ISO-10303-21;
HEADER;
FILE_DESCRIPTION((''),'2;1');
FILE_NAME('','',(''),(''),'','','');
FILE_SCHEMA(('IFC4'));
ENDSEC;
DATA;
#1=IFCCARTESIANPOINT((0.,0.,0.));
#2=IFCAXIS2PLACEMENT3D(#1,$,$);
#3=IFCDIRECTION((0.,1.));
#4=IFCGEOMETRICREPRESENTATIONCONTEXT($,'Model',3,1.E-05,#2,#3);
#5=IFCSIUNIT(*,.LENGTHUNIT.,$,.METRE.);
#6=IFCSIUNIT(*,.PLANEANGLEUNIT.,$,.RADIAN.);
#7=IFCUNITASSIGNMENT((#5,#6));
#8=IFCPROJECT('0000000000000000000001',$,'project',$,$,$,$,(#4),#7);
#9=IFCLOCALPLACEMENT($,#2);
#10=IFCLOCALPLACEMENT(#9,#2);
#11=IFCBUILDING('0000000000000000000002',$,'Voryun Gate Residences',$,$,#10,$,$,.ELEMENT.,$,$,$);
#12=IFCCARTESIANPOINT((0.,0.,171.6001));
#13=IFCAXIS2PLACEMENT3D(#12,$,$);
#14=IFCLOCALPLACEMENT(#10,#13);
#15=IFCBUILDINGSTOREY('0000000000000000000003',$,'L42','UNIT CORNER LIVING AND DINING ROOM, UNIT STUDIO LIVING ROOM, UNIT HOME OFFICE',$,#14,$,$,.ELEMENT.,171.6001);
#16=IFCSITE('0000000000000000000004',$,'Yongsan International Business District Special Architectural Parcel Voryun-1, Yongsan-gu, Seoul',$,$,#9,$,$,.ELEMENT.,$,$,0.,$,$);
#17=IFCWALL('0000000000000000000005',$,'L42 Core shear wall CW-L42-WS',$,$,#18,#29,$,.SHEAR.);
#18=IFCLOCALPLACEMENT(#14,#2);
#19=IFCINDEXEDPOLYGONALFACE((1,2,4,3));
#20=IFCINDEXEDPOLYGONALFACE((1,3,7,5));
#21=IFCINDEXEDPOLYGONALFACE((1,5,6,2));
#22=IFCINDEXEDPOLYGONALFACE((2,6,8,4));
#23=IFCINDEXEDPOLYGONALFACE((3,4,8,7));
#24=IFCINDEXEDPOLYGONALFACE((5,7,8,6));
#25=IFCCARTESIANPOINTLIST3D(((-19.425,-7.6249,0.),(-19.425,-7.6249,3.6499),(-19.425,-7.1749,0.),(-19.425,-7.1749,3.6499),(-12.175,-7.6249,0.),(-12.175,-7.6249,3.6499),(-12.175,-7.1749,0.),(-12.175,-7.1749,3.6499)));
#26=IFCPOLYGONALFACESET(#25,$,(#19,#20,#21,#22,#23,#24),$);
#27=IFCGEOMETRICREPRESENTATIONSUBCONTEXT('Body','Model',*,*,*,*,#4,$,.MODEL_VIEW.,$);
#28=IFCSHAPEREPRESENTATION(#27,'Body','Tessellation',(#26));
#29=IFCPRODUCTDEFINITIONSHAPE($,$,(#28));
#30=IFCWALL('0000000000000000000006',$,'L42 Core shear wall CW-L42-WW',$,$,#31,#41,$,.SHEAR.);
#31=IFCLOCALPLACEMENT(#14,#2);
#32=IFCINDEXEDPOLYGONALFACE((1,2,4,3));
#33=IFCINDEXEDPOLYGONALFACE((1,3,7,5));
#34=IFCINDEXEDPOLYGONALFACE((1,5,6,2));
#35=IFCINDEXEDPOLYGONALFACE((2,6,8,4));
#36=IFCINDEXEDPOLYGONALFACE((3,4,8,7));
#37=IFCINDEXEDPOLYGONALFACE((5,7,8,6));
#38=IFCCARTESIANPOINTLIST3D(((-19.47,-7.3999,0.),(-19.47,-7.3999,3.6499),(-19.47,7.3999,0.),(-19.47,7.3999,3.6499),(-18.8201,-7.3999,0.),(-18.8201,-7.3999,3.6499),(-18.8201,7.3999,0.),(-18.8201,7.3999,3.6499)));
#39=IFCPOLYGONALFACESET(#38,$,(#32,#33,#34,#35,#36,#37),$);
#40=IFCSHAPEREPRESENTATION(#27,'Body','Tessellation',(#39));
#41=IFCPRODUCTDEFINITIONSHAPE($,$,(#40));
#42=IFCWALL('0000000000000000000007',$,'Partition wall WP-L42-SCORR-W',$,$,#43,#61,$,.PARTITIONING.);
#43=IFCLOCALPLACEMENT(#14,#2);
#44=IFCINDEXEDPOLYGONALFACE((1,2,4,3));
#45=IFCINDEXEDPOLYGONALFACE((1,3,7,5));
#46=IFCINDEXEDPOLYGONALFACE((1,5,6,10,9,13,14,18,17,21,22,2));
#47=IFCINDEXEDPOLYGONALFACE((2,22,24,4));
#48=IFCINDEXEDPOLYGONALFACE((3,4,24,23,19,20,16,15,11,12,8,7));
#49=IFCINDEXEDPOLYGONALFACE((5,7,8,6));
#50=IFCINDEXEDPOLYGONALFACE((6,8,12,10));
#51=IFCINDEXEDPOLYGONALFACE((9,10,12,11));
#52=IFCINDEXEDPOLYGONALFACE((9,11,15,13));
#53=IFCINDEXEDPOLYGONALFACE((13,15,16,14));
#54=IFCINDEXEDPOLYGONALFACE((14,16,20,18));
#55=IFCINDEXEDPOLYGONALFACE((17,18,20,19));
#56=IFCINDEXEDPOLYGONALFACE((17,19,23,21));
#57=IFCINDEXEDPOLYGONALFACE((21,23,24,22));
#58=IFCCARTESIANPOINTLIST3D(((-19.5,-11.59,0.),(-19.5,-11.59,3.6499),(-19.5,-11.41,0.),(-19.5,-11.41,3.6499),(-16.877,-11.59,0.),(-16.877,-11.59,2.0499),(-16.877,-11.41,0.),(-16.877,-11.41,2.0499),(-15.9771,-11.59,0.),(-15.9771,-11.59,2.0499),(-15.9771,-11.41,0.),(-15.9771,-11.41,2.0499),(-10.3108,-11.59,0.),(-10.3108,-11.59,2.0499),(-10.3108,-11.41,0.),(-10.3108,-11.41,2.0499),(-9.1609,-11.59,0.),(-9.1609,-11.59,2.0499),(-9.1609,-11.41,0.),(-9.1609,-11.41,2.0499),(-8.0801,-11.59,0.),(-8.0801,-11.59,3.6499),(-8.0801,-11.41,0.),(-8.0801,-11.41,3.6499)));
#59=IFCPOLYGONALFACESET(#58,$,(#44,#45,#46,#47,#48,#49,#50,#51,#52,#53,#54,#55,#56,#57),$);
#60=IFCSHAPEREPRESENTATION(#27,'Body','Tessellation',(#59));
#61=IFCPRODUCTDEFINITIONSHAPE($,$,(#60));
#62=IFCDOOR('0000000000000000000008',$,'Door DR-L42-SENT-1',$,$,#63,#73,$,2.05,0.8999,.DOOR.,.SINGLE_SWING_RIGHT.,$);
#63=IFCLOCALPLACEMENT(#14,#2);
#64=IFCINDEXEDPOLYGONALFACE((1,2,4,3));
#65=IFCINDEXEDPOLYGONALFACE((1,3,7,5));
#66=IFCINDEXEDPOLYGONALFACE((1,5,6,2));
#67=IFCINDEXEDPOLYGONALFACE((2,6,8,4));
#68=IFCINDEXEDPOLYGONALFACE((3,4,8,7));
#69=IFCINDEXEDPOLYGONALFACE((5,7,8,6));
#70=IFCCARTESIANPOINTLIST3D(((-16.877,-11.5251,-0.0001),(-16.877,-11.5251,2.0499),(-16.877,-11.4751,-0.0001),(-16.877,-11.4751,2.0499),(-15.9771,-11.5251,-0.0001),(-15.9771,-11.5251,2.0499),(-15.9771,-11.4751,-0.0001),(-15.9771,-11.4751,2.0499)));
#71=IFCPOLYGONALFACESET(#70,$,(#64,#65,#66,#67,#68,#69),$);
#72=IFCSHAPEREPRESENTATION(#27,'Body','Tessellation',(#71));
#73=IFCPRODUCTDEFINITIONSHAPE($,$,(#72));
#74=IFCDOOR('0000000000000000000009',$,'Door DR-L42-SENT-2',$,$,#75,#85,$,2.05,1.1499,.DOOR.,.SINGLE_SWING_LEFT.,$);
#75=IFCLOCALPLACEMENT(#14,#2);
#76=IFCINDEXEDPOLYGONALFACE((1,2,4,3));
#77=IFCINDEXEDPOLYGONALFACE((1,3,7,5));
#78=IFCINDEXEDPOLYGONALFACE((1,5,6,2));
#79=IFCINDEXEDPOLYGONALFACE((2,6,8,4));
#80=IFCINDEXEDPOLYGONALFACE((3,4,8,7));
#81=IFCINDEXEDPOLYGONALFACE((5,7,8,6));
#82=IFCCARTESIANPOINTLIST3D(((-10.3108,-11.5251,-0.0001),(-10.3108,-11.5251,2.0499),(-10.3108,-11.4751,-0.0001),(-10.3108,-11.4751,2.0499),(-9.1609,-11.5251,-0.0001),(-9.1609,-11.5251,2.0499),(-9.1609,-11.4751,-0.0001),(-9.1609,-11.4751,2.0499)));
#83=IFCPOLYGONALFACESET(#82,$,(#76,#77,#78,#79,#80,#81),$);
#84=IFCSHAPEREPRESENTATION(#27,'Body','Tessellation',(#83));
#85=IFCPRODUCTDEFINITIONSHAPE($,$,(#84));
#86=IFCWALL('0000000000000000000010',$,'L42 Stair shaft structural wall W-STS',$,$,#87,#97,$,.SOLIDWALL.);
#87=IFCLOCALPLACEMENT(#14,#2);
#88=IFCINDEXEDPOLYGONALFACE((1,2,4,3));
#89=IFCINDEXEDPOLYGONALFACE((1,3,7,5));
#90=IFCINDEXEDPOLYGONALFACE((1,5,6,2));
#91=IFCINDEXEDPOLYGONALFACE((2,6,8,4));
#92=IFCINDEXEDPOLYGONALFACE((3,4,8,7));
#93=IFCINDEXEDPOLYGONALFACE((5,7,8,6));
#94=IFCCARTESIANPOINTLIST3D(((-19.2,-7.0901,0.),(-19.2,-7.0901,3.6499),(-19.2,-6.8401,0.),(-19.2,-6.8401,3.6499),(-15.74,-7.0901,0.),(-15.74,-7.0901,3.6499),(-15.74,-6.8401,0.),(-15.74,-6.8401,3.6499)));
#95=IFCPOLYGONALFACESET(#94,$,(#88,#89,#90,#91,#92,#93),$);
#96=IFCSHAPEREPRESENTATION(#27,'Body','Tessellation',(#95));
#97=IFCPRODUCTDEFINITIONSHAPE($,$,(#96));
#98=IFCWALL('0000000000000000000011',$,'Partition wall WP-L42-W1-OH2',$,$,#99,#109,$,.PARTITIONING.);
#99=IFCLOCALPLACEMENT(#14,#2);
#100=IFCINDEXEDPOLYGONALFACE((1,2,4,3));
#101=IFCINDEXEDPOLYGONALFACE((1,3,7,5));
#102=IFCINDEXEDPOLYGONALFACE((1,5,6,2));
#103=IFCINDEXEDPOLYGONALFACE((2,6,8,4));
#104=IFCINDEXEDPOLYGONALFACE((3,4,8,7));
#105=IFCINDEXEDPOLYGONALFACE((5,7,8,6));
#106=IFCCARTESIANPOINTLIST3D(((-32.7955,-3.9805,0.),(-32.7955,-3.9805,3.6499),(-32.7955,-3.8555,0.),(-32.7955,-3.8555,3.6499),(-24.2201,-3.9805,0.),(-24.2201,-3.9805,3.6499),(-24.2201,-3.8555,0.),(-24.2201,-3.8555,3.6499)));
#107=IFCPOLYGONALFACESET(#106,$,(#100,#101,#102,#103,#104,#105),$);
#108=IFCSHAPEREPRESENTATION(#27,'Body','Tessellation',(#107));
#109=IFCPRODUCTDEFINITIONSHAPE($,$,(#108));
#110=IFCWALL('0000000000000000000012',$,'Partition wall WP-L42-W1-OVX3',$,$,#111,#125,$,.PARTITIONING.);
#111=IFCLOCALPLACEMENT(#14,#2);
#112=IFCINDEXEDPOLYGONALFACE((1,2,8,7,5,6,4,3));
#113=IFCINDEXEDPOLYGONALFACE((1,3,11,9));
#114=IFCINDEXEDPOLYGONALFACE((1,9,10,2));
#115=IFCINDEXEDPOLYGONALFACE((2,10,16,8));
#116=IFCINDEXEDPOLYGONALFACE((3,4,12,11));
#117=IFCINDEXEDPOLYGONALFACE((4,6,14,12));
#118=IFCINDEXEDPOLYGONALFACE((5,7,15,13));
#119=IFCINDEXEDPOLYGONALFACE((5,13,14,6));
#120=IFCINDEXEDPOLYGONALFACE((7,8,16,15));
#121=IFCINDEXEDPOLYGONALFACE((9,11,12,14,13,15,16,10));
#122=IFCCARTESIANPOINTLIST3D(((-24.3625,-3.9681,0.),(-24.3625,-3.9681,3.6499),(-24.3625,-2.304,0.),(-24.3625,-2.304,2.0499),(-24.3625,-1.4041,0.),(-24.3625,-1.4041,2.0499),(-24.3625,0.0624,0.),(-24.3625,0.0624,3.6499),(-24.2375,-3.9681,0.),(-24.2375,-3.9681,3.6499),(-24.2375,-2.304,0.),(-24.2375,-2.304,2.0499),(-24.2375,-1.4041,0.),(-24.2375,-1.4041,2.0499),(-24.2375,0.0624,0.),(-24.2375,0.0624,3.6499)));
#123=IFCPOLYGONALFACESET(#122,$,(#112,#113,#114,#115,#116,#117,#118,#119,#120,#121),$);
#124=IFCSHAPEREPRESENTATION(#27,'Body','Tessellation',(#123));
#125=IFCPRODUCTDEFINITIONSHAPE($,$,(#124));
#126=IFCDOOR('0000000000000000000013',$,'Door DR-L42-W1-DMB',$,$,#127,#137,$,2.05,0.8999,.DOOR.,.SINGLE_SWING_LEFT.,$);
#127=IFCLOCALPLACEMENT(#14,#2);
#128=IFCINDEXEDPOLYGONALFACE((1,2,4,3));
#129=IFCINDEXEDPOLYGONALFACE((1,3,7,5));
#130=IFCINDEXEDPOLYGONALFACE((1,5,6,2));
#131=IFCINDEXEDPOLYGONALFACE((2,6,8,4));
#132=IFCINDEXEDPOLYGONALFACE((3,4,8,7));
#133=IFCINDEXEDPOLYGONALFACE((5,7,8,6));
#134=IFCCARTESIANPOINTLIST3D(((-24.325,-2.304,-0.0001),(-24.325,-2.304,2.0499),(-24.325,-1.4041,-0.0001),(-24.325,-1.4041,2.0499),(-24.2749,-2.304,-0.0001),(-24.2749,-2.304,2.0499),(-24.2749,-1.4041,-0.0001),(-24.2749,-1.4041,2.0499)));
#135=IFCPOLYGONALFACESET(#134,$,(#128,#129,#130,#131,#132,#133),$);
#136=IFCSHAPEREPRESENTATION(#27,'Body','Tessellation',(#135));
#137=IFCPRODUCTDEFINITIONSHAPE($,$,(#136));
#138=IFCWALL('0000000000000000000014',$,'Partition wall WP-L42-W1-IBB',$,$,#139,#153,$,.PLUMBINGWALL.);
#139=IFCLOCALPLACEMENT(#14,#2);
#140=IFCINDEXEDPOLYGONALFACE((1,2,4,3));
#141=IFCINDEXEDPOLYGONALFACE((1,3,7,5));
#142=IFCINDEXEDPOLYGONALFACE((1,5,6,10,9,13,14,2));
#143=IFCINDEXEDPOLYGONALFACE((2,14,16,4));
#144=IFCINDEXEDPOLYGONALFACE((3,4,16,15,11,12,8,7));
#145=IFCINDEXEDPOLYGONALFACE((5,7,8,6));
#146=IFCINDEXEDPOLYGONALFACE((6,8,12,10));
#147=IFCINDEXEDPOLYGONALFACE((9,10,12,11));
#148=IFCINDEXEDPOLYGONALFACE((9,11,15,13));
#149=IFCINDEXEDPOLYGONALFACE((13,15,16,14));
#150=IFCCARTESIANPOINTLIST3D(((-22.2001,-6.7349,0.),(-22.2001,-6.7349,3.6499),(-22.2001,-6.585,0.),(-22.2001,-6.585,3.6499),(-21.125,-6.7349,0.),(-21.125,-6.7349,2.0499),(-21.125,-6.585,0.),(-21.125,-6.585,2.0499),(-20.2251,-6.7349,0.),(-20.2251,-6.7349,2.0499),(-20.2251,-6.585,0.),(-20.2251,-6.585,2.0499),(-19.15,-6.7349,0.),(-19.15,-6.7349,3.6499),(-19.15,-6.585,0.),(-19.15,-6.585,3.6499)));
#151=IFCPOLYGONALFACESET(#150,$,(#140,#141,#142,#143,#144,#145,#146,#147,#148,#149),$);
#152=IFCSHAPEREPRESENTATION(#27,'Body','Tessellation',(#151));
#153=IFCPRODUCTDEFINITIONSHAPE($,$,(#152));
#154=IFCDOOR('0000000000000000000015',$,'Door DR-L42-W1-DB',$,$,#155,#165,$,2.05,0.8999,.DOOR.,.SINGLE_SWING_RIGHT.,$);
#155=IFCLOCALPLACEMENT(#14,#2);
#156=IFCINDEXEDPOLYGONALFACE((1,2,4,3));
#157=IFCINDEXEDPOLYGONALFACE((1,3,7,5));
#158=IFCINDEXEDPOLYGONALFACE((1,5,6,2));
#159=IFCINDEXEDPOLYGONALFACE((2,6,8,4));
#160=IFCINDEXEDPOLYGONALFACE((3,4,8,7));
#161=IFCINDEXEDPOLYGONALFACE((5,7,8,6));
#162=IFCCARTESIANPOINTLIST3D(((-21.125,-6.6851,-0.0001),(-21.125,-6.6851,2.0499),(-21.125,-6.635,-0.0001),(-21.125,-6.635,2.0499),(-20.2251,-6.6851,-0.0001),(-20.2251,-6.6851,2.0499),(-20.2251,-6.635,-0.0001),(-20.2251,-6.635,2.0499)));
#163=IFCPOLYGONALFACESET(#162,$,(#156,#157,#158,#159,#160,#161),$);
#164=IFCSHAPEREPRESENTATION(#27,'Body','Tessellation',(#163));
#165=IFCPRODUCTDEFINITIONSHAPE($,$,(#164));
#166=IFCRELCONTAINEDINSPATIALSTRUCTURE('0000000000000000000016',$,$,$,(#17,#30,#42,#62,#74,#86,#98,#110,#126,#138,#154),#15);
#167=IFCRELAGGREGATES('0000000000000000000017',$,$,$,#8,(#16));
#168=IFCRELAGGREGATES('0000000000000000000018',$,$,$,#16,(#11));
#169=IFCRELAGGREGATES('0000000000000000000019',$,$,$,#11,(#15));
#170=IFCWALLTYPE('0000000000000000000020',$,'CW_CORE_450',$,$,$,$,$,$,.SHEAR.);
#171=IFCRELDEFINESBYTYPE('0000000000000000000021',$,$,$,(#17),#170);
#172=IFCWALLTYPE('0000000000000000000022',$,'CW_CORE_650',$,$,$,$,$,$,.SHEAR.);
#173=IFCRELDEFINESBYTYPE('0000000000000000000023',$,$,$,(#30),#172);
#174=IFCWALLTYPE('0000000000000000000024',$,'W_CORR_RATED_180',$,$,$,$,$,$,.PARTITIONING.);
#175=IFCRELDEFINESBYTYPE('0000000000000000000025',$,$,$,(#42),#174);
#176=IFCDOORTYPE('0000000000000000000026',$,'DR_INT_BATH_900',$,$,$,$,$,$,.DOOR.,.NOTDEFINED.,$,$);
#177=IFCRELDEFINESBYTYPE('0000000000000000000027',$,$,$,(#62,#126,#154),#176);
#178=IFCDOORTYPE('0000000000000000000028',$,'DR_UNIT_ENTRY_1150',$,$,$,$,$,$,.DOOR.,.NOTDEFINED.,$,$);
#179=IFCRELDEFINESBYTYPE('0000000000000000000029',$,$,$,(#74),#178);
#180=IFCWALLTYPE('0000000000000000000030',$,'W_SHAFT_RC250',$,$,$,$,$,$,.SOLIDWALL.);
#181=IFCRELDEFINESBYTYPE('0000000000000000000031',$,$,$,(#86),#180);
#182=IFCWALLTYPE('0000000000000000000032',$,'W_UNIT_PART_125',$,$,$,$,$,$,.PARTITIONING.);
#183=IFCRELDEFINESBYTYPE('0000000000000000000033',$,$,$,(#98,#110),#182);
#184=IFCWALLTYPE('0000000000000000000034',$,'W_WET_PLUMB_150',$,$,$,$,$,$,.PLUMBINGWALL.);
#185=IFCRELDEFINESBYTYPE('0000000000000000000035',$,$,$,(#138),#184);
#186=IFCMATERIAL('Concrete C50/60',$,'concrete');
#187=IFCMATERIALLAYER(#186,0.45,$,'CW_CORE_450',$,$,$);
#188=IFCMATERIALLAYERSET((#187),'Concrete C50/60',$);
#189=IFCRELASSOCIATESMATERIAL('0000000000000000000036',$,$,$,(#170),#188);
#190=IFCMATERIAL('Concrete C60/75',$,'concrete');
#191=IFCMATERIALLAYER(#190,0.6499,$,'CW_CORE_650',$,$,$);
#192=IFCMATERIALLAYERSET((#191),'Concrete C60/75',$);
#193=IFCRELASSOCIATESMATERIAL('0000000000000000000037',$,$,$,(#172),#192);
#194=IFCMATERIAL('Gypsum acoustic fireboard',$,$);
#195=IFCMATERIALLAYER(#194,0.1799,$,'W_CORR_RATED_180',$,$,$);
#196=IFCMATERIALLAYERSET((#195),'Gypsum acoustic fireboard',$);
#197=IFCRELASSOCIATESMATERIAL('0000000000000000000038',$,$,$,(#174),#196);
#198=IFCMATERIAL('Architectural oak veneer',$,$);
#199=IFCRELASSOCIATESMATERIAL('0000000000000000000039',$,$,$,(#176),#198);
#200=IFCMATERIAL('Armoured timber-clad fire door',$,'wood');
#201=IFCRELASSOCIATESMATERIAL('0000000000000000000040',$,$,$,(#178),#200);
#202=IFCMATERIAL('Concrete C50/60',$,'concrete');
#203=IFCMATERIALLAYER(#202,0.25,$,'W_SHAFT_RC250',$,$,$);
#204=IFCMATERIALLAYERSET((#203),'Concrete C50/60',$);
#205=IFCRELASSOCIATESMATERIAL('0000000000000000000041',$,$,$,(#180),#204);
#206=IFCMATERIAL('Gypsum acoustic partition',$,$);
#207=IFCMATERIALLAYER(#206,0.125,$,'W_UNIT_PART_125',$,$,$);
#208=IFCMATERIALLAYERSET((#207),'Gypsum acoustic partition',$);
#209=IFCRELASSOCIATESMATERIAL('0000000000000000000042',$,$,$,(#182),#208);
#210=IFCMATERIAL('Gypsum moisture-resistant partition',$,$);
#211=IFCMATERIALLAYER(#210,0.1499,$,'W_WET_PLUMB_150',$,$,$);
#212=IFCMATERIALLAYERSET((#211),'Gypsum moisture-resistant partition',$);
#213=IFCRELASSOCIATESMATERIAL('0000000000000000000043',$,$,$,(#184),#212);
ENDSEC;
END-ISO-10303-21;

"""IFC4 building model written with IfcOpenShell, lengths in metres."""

from ifc_helpers import new_model, si_unit, direction, frame, frame_2d, origin, place, context, subcontext, project, spatial, rectangle, extrude, material, layer, layer_set, type_object, element, fill, save


model = new_model("IFC4")

# Units and contexts
model_context = context("Model", 3, precision=1e-05, world=origin(), true_north=direction((0.0, 1.0)))
body_context = subcontext(model_context, "Body", "Model", "MODEL_VIEW")
ifc_project = project(units=[si_unit("LENGTHUNIT", "METRE"), si_unit("PLANEANGLEUNIT", "RADIAN")], contexts=[model_context])

# Site, building, storey
site_placement = place(None, origin())
site = spatial("IfcSite", under=ifc_project, at=site_placement, Name="Yongsan International Business District Special Architectural Parcel Voryun-1, Yongsan-gu, Seoul", CompositionType="ELEMENT", RefElevation=0.0)
building_placement = place(site_placement, origin())
building = spatial("IfcBuilding", under=site, at=building_placement, Name="Voryun Gate Residences", CompositionType="ELEMENT")
storey_placement = place(building_placement, frame((0.0, 0.0, 171.6001)))
storey = spatial("IfcBuildingStorey", under=building, at=storey_placement, Name="L42", Description="UNIT CORNER LIVING AND DINING ROOM, UNIT STUDIO LIVING ROOM, UNIT HOME OFFICE", CompositionType="ELEMENT", Elevation=171.6001)

# Walls
ifc_material_1 = material(Name="Concrete C50/60", Category="concrete")
ifc_layer_1 = layer(ifc_material_1, 0.45, Name="CW_CORE_450")
ifc_layer_set_1 = layer_set([ifc_layer_1], Name="Concrete C50/60")
wall_type_1 = type_object("IfcWallType", Name="CW_CORE_450", PredefinedType="SHEAR", material=ifc_layer_set_1)
wall_1_placement = place(storey_placement, frame((-19.425, -7.3999, 0.0), z_axis=(0.0, 0.0, 1.0), x_axis=(1.0, 0.0, 0.0)))
element("IfcWall", 1, at=wall_1_placement, inside=storey, type_object=wall_type_1, Name="L42 Core shear wall CW-L42-WS", PredefinedType="SHEAR", context=body_context, shape_type="SweptSolid", body=[
    extrude(rectangle(XDim=7.25, YDim=0.45, at=frame_2d((3.625, 0.0))), origin(), (0.0, 0.0, 1.0), 3.6499),
])
ifc_material_2 = material(Name="Concrete C60/75", Category="concrete")
ifc_layer_2 = layer(ifc_material_2, 0.6499, Name="CW_CORE_650")
ifc_layer_set_2 = layer_set([ifc_layer_2], Name="Concrete C60/75")
wall_type_2 = type_object("IfcWallType", Name="CW_CORE_650", PredefinedType="SHEAR", material=ifc_layer_set_2)
wall_2_placement = place(storey_placement, frame((-19.145, -7.3999, 0.0), z_axis=(0.0, 0.0, 1.0), x_axis=(0.0, 1.0, 0.0)))
element("IfcWall", 2, at=wall_2_placement, inside=storey, type_object=wall_type_2, Name="L42 Core shear wall CW-L42-WW", PredefinedType="SHEAR", context=body_context, shape_type="SweptSolid", body=[
    extrude(rectangle(XDim=14.7998, YDim=0.6499, at=frame_2d((7.3999, 0.0))), origin(), (0.0, 0.0, 1.0), 3.6499),
])

# Wall, openings, doors
ifc_material_3 = material(Name="Gypsum acoustic fireboard")
ifc_layer_3 = layer(ifc_material_3, 0.1799, Name="W_CORR_RATED_180")
ifc_layer_set_3 = layer_set([ifc_layer_3], Name="Gypsum acoustic fireboard")
wall_type_3 = type_object("IfcWallType", Name="W_CORR_RATED_180", PredefinedType="PARTITIONING", material=ifc_layer_set_3)
wall_3_placement = place(storey_placement, frame((-19.5, -11.5, 0.0), z_axis=(0.0, 0.0, 1.0), x_axis=(1.0, 0.0, 0.0)))
wall_3 = element("IfcWall", 3, at=wall_3_placement, inside=storey, type_object=wall_type_3, Name="Partition wall WP-L42-SCORR-W", PredefinedType="PARTITIONING", context=body_context, shape_type="SweptSolid", body=[
    extrude(rectangle(XDim=11.4199, YDim=0.1799, at=frame_2d((5.71, 0.0))), origin(), (0.0, 0.0, 1.0), 3.6499),
])
opening_1_placement = place(wall_3_placement, frame((2.623, 0.0, 0.0)))
opening_1 = element("IfcOpeningElement", 4, at=opening_1_placement, cuts=wall_3, PredefinedType="OPENING", context=body_context, shape_type="SweptSolid", body=[
    extrude(rectangle(XDim=0.8999, YDim=2.05, at=frame_2d((0.45, 1.0249))), frame((0.0, 0.0999, 0.0), z_axis=(0.0, -1.0, 0.0), x_axis=(1.0, 0.0, 0.0)), (0.0, 0.0, 1.0), 0.2),
])
opening_2_placement = place(wall_3_placement, frame((9.1892, 0.0, 0.0)))
opening_2 = element("IfcOpeningElement", 5, at=opening_2_placement, cuts=wall_3, PredefinedType="OPENING", context=body_context, shape_type="SweptSolid", body=[
    extrude(rectangle(XDim=1.1499, YDim=2.05, at=frame_2d((0.575, 1.0249))), frame((0.0, 0.0999, 0.0), z_axis=(0.0, -1.0, 0.0), x_axis=(1.0, 0.0, 0.0)), (0.0, 0.0, 1.0), 0.2),
])
ifc_material_4 = material(Name="Architectural oak veneer")
door_type_1 = type_object("IfcDoorType", Name="DR_INT_BATH_900", OperationType="NOTDEFINED", PredefinedType="DOOR", material=ifc_material_4)
door_1_placement = place(opening_1_placement, origin())
door_1 = element("IfcDoor", 6, at=door_1_placement, inside=storey, type_object=door_type_1, Name="Door DR-L42-SENT-1", OperationType="SINGLE_SWING_RIGHT", OverallHeight=2.05, OverallWidth=0.8999, PredefinedType="DOOR", context=body_context, shape_type="SweptSolid", body=[
    extrude(rectangle(XDim=0.8999, YDim=2.05, at=frame_2d((0.45, 1.0249))), frame((0.0, 0.0249, 0.0), z_axis=(0.0, -1.0, 0.0), x_axis=(1.0, 0.0, 0.0)), (0.0, 0.0, 1.0), 0.05),
])
fill(opening_1, door_1)
ifc_material_5 = material(Name="Armoured timber-clad fire door", Category="wood")
door_type_2 = type_object("IfcDoorType", Name="DR_UNIT_ENTRY_1150", OperationType="NOTDEFINED", PredefinedType="DOOR", material=ifc_material_5)
door_2_placement = place(opening_2_placement, origin())
door_2 = element("IfcDoor", 7, at=door_2_placement, inside=storey, type_object=door_type_2, Name="Door DR-L42-SENT-2", OperationType="SINGLE_SWING_LEFT", OverallHeight=2.05, OverallWidth=1.1499, PredefinedType="DOOR", context=body_context, shape_type="SweptSolid", body=[
    extrude(rectangle(XDim=1.1499, YDim=2.05, at=frame_2d((0.575, 1.0249))), frame((0.0, 0.0249, 0.0), z_axis=(0.0, -1.0, 0.0), x_axis=(1.0, 0.0, 0.0)), (0.0, 0.0, 1.0), 0.05),
])
fill(opening_2, door_2)

# Walls
ifc_material_6 = material(Name="Concrete C50/60", Category="concrete")
ifc_layer_4 = layer(ifc_material_6, 0.25, Name="W_SHAFT_RC250")
ifc_layer_set_4 = layer_set([ifc_layer_4], Name="Concrete C50/60")
wall_type_4 = type_object("IfcWallType", Name="W_SHAFT_RC250", PredefinedType="SOLIDWALL", material=ifc_layer_set_4)
wall_4_placement = place(storey_placement, frame((-19.2, -6.9651, 0.0), z_axis=(0.0, 0.0, 1.0), x_axis=(1.0, 0.0, 0.0)))
element("IfcWall", 8, at=wall_4_placement, inside=storey, type_object=wall_type_4, Name="L42 Stair shaft structural wall W-STS", PredefinedType="SOLIDWALL", context=body_context, shape_type="SweptSolid", body=[
    extrude(rectangle(XDim=3.46, YDim=0.25, at=frame_2d((1.73, 0.0))), origin(), (0.0, 0.0, 1.0), 3.6499),
])
ifc_material_7 = material(Name="Gypsum acoustic partition")
ifc_layer_5 = layer(ifc_material_7, 0.125, Name="W_UNIT_PART_125")
ifc_layer_set_5 = layer_set([ifc_layer_5], Name="Gypsum acoustic partition")
wall_type_5 = type_object("IfcWallType", Name="W_UNIT_PART_125", PredefinedType="PARTITIONING", material=ifc_layer_set_5)
wall_5_placement = place(storey_placement, frame((-32.7954, -3.918, 0.0), z_axis=(0.0, 0.0, 1.0), x_axis=(1.0, 0.0, 0.0)))
element("IfcWall", 9, at=wall_5_placement, inside=storey, type_object=wall_type_5, Name="Partition wall WP-L42-W1-OH2", PredefinedType="PARTITIONING", context=body_context, shape_type="SweptSolid", body=[
    extrude(rectangle(XDim=8.5754, YDim=0.125, at=frame_2d((4.2876, 0.0))), origin(), (0.0, 0.0, 1.0), 3.6499),
])

# Walls, openings, doors
wall_6_placement = place(storey_placement, frame((-24.3, -3.968, 0.0), z_axis=(0.0, 0.0, 1.0), x_axis=(0.0, 1.0, 0.0)))
wall_6 = element("IfcWall", 10, at=wall_6_placement, inside=storey, type_object=wall_type_5, Name="Partition wall WP-L42-W1-OVX3", PredefinedType="PARTITIONING", context=body_context, shape_type="SweptSolid", body=[
    extrude(rectangle(XDim=4.0305, YDim=0.125, at=frame_2d((2.0151, 0.0))), origin(), (0.0, 0.0, 1.0), 3.6499),
])
opening_3_placement = place(wall_6_placement, frame((1.6641, 0.0, 0.0)))
opening_3 = element("IfcOpeningElement", 11, at=opening_3_placement, cuts=wall_6, PredefinedType="OPENING", context=body_context, shape_type="SweptSolid", body=[
    extrude(rectangle(XDim=0.8999, YDim=2.05, at=frame_2d((0.45, 1.0249))), frame((0.0, 0.0725, 0.0), z_axis=(0.0, -1.0, 0.0), x_axis=(1.0, 0.0, 0.0)), (0.0, 0.0, 1.0), 0.145),
])
door_3_placement = place(opening_3_placement, origin())
door_3 = element("IfcDoor", 12, at=door_3_placement, inside=storey, type_object=door_type_1, Name="Door DR-L42-W1-DMB", OperationType="SINGLE_SWING_LEFT", OverallHeight=2.05, OverallWidth=0.8999, PredefinedType="DOOR", context=body_context, shape_type="SweptSolid", body=[
    extrude(rectangle(XDim=0.8999, YDim=2.05, at=frame_2d((0.45, 1.0249))), frame((0.0, 0.0249, 0.0), z_axis=(0.0, -1.0, 0.0), x_axis=(1.0, 0.0, 0.0)), (0.0, 0.0, 1.0), 0.05),
])
fill(opening_3, door_3)
ifc_material_8 = material(Name="Gypsum moisture-resistant partition")
ifc_layer_6 = layer(ifc_material_8, 0.1499, Name="W_WET_PLUMB_150")
ifc_layer_set_6 = layer_set([ifc_layer_6], Name="Gypsum moisture-resistant partition")
wall_type_6 = type_object("IfcWallType", Name="W_WET_PLUMB_150", PredefinedType="PLUMBINGWALL", material=ifc_layer_set_6)
wall_7_placement = place(storey_placement, frame((-22.2, -6.6599, 0.0), z_axis=(0.0, 0.0, 1.0), x_axis=(1.0, 0.0, 0.0)))
wall_7 = element("IfcWall", 13, at=wall_7_placement, inside=storey, type_object=wall_type_6, Name="Partition wall WP-L42-W1-IBB", PredefinedType="PLUMBINGWALL", context=body_context, shape_type="SweptSolid", body=[
    extrude(rectangle(XDim=3.05, YDim=0.1499, at=frame_2d((1.5249, 0.0))), origin(), (0.0, 0.0, 1.0), 3.6499),
])
opening_4_placement = place(wall_7_placement, frame((1.075, 0.0, 0.0)))
opening_4 = element("IfcOpeningElement", 14, at=opening_4_placement, cuts=wall_7, PredefinedType="OPENING", context=body_context, shape_type="SweptSolid", body=[
    extrude(rectangle(XDim=0.8999, YDim=2.05, at=frame_2d((0.45, 1.0249))), frame((0.0, 0.085, 0.0), z_axis=(0.0, -1.0, 0.0), x_axis=(1.0, 0.0, 0.0)), (0.0, 0.0, 1.0), 0.1699),
])
door_4_placement = place(opening_4_placement, origin())
door_4 = element("IfcDoor", 15, at=door_4_placement, inside=storey, type_object=door_type_1, Name="Door DR-L42-W1-DB", OperationType="SINGLE_SWING_RIGHT", OverallHeight=2.05, OverallWidth=0.8999, PredefinedType="DOOR", context=body_context, shape_type="SweptSolid", body=[
    extrude(rectangle(XDim=0.8999, YDim=2.05, at=frame_2d((0.45, 1.0249))), frame((0.0, 0.0249, 0.0), z_axis=(0.0, -1.0, 0.0), x_axis=(1.0, 0.0, 0.0)), (0.0, 0.0, 1.0), 0.05),
])
fill(opening_4, door_4)

save(model, "model.ifc")
